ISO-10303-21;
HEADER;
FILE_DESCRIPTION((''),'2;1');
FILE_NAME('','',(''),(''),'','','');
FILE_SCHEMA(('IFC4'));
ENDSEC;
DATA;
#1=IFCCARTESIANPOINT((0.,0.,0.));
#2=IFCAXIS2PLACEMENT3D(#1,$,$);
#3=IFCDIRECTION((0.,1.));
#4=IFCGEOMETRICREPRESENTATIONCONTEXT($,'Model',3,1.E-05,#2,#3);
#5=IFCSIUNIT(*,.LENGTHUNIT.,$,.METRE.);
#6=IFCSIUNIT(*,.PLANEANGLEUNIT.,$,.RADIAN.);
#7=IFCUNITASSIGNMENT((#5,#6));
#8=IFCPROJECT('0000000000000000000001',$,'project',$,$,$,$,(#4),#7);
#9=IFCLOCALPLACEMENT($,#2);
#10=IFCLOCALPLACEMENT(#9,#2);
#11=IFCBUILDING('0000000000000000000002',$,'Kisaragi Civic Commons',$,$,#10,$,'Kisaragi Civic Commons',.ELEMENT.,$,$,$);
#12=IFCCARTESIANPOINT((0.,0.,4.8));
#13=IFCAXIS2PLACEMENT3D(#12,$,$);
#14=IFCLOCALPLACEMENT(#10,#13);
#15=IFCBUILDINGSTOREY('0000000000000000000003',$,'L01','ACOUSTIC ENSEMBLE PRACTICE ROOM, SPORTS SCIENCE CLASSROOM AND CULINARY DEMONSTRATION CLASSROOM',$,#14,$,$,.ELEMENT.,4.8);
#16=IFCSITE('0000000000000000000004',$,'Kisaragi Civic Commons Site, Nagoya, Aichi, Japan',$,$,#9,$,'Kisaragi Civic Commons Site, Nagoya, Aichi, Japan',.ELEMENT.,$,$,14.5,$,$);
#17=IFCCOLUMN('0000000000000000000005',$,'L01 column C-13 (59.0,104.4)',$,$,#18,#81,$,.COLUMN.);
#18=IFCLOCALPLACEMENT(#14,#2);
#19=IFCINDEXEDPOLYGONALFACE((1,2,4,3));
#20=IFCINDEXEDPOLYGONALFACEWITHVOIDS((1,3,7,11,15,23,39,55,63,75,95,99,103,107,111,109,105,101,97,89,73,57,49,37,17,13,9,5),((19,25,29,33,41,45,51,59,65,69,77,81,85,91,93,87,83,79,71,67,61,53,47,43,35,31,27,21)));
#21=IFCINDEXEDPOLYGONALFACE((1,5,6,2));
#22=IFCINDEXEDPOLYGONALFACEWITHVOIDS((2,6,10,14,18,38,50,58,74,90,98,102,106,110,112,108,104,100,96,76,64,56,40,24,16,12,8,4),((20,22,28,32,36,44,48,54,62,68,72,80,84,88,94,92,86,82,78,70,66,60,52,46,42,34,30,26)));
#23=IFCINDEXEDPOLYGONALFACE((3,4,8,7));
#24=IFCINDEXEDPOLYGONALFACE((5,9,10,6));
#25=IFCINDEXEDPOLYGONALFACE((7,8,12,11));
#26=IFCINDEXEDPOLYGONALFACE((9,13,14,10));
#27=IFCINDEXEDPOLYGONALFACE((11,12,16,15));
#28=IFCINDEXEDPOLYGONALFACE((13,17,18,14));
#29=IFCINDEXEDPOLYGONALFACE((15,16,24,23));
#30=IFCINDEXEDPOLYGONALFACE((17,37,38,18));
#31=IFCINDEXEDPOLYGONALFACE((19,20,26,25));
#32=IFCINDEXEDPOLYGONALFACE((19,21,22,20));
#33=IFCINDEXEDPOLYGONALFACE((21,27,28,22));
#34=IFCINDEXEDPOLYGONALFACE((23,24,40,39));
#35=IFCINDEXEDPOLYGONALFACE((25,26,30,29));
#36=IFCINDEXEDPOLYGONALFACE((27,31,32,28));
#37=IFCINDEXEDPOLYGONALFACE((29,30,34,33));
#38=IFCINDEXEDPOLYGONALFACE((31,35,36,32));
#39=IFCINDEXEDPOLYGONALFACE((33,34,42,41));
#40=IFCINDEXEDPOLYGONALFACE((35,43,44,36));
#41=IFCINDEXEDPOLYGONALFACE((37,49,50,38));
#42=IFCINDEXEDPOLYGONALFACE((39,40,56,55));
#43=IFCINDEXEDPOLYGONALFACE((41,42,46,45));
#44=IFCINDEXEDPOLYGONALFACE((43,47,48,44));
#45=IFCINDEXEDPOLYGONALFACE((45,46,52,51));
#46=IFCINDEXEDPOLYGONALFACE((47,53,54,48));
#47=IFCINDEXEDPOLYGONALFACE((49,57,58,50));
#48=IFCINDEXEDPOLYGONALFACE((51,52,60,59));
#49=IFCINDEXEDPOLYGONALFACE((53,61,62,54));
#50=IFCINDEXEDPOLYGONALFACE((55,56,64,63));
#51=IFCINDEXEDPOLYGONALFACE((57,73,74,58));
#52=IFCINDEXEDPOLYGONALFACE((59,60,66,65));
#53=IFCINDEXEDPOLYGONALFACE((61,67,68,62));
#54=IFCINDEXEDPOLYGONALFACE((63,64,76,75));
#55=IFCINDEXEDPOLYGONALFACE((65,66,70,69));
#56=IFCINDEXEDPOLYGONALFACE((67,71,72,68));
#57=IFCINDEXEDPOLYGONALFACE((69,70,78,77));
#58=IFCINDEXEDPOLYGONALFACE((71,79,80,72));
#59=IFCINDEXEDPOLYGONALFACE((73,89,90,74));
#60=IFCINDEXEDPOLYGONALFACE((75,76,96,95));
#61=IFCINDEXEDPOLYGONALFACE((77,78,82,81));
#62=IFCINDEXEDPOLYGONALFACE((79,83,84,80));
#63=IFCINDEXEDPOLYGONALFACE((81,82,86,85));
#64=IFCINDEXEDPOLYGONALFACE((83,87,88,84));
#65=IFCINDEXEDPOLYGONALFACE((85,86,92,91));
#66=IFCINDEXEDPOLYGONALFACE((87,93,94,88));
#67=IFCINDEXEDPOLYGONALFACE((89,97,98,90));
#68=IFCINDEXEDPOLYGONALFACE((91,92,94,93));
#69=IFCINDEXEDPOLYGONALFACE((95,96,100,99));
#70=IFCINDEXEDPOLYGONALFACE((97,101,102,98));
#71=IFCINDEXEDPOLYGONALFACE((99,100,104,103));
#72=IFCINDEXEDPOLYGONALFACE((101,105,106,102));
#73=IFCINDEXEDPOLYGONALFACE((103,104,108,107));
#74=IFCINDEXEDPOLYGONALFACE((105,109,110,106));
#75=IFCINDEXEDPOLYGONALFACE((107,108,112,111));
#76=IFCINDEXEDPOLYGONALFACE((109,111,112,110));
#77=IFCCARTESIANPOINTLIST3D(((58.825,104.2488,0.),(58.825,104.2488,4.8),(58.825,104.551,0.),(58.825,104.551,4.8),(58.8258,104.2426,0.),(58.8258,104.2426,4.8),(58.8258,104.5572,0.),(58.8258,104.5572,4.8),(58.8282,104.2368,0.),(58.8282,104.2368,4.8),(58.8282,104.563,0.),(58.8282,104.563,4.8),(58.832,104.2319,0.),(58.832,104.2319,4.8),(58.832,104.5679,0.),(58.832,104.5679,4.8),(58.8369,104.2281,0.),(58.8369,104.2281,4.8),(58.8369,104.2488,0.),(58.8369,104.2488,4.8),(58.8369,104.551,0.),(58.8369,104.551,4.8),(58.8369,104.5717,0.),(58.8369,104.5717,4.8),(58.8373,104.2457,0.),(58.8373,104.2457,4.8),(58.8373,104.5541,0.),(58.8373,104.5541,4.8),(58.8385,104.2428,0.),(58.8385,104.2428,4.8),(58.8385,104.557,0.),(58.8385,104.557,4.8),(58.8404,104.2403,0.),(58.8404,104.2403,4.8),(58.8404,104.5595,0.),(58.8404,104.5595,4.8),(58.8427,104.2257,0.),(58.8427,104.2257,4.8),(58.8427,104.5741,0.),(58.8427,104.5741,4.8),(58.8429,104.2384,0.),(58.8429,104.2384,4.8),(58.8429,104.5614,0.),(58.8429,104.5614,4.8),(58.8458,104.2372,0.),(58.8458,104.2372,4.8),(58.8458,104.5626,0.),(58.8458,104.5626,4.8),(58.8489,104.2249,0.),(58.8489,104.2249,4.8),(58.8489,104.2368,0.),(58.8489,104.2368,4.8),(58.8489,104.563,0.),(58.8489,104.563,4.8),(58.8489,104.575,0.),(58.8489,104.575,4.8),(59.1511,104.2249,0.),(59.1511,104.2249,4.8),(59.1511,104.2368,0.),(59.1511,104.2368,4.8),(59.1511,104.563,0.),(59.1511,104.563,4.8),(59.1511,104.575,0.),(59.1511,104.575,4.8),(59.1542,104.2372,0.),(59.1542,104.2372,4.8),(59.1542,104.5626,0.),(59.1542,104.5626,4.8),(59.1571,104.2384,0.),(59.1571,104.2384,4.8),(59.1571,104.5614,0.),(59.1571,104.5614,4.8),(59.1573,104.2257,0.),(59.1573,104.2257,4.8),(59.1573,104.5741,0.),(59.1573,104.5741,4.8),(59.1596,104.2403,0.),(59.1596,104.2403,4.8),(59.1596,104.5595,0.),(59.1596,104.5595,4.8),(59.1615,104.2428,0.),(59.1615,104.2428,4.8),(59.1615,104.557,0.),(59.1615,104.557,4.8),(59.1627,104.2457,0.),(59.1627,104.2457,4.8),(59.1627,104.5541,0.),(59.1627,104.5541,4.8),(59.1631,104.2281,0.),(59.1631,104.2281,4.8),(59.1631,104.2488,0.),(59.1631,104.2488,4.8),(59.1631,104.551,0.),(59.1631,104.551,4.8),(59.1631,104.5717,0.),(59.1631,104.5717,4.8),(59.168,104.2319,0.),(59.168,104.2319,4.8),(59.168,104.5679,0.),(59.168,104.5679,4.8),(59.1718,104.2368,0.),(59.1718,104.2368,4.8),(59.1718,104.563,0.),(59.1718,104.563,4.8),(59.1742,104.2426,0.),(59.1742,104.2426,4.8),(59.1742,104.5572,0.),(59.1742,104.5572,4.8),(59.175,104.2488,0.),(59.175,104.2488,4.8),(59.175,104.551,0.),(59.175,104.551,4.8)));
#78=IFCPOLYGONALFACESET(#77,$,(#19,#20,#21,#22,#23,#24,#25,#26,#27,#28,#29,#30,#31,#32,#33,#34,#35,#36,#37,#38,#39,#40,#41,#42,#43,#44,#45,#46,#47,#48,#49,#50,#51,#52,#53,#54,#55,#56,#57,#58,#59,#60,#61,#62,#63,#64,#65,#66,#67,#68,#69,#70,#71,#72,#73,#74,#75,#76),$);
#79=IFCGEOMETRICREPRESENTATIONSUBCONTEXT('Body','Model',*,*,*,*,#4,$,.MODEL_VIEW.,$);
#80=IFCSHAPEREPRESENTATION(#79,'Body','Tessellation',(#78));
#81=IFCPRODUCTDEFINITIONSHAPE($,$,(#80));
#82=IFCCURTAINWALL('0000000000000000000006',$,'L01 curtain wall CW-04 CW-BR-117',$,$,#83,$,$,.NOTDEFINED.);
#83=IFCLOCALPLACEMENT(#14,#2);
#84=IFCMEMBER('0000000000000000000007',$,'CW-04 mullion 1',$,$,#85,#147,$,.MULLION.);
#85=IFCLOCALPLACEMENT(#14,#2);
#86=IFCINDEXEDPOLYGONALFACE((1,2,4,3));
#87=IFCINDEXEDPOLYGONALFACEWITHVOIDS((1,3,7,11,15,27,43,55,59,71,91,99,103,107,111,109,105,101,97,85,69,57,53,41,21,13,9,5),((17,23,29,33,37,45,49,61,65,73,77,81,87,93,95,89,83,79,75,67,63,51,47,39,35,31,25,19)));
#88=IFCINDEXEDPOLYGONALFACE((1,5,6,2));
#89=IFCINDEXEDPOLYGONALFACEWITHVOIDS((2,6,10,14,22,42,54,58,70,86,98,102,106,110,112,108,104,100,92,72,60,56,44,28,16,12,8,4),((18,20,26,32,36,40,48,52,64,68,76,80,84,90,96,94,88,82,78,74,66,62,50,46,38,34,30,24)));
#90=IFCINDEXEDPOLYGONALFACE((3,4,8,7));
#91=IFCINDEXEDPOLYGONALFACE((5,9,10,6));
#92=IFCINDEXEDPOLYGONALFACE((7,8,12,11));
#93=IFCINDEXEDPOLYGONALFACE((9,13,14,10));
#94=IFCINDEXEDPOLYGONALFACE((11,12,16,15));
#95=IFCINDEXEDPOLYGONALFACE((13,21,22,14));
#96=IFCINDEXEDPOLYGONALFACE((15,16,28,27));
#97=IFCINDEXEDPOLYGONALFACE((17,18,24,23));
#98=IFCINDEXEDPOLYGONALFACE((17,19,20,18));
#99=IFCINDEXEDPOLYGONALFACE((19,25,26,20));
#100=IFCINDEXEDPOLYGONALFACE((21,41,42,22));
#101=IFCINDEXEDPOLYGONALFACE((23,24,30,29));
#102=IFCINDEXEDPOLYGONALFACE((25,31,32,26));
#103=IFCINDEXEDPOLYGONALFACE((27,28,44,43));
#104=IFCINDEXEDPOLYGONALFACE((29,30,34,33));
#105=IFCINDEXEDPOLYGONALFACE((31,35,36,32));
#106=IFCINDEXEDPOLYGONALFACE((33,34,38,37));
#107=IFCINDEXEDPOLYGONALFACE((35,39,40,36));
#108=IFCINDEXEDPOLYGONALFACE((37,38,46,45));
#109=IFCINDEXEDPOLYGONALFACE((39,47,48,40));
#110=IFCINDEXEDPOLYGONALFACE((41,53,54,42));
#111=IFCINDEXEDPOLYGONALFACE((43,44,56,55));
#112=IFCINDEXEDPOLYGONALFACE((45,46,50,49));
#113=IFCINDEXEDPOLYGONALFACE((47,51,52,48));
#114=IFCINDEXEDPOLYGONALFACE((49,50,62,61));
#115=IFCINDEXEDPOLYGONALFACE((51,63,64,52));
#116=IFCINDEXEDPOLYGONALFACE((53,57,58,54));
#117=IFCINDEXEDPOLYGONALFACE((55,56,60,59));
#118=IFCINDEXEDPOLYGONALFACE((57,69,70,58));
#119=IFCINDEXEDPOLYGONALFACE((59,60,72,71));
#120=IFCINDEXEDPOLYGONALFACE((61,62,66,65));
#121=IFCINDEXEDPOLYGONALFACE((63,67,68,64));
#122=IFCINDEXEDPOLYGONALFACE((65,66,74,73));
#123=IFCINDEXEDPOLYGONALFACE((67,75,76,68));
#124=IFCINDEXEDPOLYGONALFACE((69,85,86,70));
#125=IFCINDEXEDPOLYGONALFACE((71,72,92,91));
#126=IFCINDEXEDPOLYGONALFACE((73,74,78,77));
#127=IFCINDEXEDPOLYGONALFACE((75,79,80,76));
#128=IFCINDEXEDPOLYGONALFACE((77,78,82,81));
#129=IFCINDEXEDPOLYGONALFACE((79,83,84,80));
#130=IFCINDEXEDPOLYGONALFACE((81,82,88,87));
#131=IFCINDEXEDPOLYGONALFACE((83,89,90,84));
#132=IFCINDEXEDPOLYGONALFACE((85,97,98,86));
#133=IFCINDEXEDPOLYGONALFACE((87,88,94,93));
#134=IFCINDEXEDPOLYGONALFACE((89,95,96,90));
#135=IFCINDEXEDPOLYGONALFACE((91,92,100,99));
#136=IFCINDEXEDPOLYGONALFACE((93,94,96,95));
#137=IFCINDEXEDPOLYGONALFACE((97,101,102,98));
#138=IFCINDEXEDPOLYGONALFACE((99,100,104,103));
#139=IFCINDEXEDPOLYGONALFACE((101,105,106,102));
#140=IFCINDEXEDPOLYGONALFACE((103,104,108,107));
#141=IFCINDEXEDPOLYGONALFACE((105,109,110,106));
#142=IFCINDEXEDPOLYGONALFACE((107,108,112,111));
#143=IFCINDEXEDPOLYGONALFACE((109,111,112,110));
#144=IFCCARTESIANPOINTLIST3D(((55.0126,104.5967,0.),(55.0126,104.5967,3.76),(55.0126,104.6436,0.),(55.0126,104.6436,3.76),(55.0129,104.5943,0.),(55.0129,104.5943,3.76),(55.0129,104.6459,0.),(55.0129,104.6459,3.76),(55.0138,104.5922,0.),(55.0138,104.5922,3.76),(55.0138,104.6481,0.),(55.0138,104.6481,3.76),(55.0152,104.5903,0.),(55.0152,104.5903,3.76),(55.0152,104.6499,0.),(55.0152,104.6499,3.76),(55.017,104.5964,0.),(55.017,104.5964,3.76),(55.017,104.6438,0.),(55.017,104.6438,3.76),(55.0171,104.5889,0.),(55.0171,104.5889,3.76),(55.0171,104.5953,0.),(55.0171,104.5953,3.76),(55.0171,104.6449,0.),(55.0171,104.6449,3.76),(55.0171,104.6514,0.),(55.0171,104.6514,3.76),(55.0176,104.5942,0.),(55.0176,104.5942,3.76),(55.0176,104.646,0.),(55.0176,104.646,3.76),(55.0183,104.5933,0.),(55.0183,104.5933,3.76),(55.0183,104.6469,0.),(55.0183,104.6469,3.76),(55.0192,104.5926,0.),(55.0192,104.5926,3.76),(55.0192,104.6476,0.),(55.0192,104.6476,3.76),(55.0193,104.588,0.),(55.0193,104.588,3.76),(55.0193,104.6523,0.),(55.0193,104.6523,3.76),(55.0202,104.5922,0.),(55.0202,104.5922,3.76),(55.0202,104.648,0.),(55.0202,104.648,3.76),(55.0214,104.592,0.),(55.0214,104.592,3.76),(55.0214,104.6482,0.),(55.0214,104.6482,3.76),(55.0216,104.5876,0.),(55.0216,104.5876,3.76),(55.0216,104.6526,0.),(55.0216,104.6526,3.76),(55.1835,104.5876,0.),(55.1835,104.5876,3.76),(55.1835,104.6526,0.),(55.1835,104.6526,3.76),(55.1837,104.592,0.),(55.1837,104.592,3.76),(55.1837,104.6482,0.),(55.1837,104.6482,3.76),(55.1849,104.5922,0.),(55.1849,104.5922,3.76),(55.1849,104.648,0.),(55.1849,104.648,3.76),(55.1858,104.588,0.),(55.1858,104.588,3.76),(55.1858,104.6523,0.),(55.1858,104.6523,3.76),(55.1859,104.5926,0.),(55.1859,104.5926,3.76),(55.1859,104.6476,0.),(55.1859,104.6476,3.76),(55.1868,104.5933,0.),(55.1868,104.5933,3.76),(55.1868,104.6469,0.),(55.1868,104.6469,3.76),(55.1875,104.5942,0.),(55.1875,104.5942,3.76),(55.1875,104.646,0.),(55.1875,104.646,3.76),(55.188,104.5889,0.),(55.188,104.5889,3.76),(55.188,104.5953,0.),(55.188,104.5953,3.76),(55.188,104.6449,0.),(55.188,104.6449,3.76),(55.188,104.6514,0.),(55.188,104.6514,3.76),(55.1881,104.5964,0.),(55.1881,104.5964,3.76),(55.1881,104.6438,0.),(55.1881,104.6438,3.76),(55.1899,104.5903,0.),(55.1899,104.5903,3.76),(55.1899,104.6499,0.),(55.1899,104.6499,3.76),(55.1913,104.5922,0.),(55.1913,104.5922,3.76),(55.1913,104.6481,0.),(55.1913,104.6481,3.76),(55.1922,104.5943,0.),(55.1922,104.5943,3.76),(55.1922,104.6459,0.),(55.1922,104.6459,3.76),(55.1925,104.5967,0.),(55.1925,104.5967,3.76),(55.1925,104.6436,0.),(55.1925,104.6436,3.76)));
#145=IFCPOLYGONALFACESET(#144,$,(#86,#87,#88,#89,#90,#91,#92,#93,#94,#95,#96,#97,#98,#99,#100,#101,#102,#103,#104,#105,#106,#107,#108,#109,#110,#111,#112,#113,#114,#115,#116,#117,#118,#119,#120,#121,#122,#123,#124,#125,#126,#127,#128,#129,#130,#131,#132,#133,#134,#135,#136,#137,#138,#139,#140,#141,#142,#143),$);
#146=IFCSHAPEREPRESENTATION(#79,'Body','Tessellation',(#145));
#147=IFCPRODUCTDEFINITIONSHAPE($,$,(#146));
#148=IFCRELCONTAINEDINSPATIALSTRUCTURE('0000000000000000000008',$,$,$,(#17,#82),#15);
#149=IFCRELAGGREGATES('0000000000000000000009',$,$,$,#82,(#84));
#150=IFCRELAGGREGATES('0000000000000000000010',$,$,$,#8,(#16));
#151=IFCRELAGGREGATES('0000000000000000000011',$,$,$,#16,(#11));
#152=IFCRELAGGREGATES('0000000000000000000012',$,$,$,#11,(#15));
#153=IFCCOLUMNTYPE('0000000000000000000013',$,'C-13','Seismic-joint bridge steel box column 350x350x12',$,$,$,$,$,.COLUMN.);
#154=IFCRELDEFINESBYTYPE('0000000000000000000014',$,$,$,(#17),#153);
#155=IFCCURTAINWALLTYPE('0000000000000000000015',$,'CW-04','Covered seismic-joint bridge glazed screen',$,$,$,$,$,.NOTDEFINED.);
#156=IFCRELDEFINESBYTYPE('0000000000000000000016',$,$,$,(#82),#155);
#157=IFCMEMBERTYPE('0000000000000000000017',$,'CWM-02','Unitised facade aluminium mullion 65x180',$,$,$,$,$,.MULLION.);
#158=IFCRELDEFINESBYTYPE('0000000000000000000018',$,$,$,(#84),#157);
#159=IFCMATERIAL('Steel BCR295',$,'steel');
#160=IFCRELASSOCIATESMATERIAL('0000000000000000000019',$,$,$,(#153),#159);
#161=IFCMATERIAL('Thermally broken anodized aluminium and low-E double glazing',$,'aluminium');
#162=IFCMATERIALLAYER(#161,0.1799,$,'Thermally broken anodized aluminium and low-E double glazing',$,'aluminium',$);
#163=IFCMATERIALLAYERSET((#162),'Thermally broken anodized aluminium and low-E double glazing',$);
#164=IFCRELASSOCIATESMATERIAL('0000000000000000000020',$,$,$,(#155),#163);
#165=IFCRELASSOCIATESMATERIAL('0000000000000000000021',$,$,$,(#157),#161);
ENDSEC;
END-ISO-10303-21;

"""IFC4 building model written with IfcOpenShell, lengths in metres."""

from ifc_helpers import new_model, si_unit, direction, frame, origin, origin_2d, place, context, subcontext, project, spatial, hollow_rectangle, extrude, material, layer, layer_set, material_profile, profile_set, type_object, element, aggregate, save


model = new_model("IFC4")

# Units and contexts
model_context = context("Model", 3, precision=1e-05, world=origin(), true_north=direction((0.0, 1.0)))
body_context = subcontext(model_context, "Body", "Model", "MODEL_VIEW")
ifc_project = project(units=[si_unit("LENGTHUNIT", "METRE"), si_unit("PLANEANGLEUNIT", "RADIAN")], contexts=[model_context])

# Site, building, storey
site_placement = place(None, origin())
site = spatial("IfcSite", under=ifc_project, at=site_placement, Name="Kisaragi Civic Commons Site, Nagoya, Aichi, Japan", LongName="Kisaragi Civic Commons Site, Nagoya, Aichi, Japan", CompositionType="ELEMENT", RefElevation=14.5)
building_placement = place(site_placement, origin())
building = spatial("IfcBuilding", under=site, at=building_placement, Name="Kisaragi Civic Commons", LongName="Kisaragi Civic Commons", CompositionType="ELEMENT")
storey_placement = place(building_placement, frame((0.0, 0.0, 4.8)))
storey = spatial("IfcBuildingStorey", under=building, at=storey_placement, Name="L01", Description="ACOUSTIC ENSEMBLE PRACTICE ROOM, SPORTS SCIENCE CLASSROOM AND CULINARY DEMONSTRATION CLASSROOM", CompositionType="ELEMENT", Elevation=4.8)

# Column
ifc_material_1 = material(Name="Steel BCR295", Category="steel")
ifc_material_profile_1 = material_profile(ifc_material_1, hollow_rectangle(XDim=0.3501, YDim=0.3501, WallThickness=0.012, InnerFilletRadius=0.012, OuterFilletRadius=0.0239, at=origin_2d()), Name="BCR-350x350x12", Category="steel")
ifc_profile_set_1 = profile_set([ifc_material_profile_1], Name="Steel BCR295")
column_type = type_object("IfcColumnType", Name="C-13", Description="Seismic-joint bridge steel box column 350x350x12", PredefinedType="COLUMN", material=ifc_profile_set_1)
column_placement = place(storey_placement, frame((59.0, 104.3999, 0.0), z_axis=(0.0, 0.0, 1.0), x_axis=(1.0, 0.0, 0.0)))
element("IfcColumn", 1, at=column_placement, inside=storey, type_object=column_type, Name="L01 column C-13 (59.0,104.4)", PredefinedType="COLUMN", context=body_context, shape_type="SweptSolid", body=[
    extrude(hollow_rectangle(XDim=0.3501, YDim=0.3501, WallThickness=0.012, InnerFilletRadius=0.012, OuterFilletRadius=0.0239, at=origin_2d()), origin(), (0.0, 0.0, 1.0), 4.8),
])

# Curtain wall, member
ifc_material_2 = material(Name="Thermally broken anodized aluminium and low-E double glazing", Category="aluminium")
ifc_layer_1 = layer(ifc_material_2, 0.1799, Name="Thermally broken anodized aluminium and low-E double glazing", Category="aluminium")
ifc_layer_set_1 = layer_set([ifc_layer_1], Name="Thermally broken anodized aluminium and low-E double glazing")
curtain_wall_type = type_object("IfcCurtainWallType", Name="CW-04", Description="Covered seismic-joint bridge glazed screen", PredefinedType="NOTDEFINED", material=ifc_layer_set_1)
curtain_wall_placement = place(storey_placement, origin())
curtain_wall = element("IfcCurtainWall", 2, at=curtain_wall_placement, inside=storey, type_object=curtain_wall_type, Name="L01 curtain wall CW-04 CW-BR-117", PredefinedType="NOTDEFINED")
ifc_material_profile_2 = material_profile(ifc_material_2, hollow_rectangle(XDim=0.0649, YDim=0.1799, WallThickness=0.0044, InnerFilletRadius=0.0044, OuterFilletRadius=0.009, at=origin_2d()), Name="CWM-65x180x4.5", Category="aluminium")
ifc_profile_set_2 = profile_set([ifc_material_profile_2], Name="Thermally broken anodized aluminium and low-E double glazing")
member_type_1 = type_object("IfcMemberType", Name="CWM-02", Description="Unitised facade aluminium mullion 65x180", PredefinedType="MULLION", material=ifc_profile_set_2)
member_1_placement = place(storey_placement, frame((55.1025, 104.6201, 0.0), z_axis=(0.0, 0.0, 1.0), x_axis=(0.0, 1.0, 0.0)))
member_1 = element("IfcMember", 3, at=member_1_placement, type_object=member_type_1, Name="CW-04 mullion 1", PredefinedType="MULLION", context=body_context, shape_type="SweptSolid", body=[
    extrude(hollow_rectangle(XDim=0.0649, YDim=0.1799, WallThickness=0.0044, InnerFilletRadius=0.0044, OuterFilletRadius=0.009, at=origin_2d()), origin(), (0.0, 0.0, 1.0), 3.76),
])

aggregate(curtain_wall, [member_1])

save(model, "model.ifc")
